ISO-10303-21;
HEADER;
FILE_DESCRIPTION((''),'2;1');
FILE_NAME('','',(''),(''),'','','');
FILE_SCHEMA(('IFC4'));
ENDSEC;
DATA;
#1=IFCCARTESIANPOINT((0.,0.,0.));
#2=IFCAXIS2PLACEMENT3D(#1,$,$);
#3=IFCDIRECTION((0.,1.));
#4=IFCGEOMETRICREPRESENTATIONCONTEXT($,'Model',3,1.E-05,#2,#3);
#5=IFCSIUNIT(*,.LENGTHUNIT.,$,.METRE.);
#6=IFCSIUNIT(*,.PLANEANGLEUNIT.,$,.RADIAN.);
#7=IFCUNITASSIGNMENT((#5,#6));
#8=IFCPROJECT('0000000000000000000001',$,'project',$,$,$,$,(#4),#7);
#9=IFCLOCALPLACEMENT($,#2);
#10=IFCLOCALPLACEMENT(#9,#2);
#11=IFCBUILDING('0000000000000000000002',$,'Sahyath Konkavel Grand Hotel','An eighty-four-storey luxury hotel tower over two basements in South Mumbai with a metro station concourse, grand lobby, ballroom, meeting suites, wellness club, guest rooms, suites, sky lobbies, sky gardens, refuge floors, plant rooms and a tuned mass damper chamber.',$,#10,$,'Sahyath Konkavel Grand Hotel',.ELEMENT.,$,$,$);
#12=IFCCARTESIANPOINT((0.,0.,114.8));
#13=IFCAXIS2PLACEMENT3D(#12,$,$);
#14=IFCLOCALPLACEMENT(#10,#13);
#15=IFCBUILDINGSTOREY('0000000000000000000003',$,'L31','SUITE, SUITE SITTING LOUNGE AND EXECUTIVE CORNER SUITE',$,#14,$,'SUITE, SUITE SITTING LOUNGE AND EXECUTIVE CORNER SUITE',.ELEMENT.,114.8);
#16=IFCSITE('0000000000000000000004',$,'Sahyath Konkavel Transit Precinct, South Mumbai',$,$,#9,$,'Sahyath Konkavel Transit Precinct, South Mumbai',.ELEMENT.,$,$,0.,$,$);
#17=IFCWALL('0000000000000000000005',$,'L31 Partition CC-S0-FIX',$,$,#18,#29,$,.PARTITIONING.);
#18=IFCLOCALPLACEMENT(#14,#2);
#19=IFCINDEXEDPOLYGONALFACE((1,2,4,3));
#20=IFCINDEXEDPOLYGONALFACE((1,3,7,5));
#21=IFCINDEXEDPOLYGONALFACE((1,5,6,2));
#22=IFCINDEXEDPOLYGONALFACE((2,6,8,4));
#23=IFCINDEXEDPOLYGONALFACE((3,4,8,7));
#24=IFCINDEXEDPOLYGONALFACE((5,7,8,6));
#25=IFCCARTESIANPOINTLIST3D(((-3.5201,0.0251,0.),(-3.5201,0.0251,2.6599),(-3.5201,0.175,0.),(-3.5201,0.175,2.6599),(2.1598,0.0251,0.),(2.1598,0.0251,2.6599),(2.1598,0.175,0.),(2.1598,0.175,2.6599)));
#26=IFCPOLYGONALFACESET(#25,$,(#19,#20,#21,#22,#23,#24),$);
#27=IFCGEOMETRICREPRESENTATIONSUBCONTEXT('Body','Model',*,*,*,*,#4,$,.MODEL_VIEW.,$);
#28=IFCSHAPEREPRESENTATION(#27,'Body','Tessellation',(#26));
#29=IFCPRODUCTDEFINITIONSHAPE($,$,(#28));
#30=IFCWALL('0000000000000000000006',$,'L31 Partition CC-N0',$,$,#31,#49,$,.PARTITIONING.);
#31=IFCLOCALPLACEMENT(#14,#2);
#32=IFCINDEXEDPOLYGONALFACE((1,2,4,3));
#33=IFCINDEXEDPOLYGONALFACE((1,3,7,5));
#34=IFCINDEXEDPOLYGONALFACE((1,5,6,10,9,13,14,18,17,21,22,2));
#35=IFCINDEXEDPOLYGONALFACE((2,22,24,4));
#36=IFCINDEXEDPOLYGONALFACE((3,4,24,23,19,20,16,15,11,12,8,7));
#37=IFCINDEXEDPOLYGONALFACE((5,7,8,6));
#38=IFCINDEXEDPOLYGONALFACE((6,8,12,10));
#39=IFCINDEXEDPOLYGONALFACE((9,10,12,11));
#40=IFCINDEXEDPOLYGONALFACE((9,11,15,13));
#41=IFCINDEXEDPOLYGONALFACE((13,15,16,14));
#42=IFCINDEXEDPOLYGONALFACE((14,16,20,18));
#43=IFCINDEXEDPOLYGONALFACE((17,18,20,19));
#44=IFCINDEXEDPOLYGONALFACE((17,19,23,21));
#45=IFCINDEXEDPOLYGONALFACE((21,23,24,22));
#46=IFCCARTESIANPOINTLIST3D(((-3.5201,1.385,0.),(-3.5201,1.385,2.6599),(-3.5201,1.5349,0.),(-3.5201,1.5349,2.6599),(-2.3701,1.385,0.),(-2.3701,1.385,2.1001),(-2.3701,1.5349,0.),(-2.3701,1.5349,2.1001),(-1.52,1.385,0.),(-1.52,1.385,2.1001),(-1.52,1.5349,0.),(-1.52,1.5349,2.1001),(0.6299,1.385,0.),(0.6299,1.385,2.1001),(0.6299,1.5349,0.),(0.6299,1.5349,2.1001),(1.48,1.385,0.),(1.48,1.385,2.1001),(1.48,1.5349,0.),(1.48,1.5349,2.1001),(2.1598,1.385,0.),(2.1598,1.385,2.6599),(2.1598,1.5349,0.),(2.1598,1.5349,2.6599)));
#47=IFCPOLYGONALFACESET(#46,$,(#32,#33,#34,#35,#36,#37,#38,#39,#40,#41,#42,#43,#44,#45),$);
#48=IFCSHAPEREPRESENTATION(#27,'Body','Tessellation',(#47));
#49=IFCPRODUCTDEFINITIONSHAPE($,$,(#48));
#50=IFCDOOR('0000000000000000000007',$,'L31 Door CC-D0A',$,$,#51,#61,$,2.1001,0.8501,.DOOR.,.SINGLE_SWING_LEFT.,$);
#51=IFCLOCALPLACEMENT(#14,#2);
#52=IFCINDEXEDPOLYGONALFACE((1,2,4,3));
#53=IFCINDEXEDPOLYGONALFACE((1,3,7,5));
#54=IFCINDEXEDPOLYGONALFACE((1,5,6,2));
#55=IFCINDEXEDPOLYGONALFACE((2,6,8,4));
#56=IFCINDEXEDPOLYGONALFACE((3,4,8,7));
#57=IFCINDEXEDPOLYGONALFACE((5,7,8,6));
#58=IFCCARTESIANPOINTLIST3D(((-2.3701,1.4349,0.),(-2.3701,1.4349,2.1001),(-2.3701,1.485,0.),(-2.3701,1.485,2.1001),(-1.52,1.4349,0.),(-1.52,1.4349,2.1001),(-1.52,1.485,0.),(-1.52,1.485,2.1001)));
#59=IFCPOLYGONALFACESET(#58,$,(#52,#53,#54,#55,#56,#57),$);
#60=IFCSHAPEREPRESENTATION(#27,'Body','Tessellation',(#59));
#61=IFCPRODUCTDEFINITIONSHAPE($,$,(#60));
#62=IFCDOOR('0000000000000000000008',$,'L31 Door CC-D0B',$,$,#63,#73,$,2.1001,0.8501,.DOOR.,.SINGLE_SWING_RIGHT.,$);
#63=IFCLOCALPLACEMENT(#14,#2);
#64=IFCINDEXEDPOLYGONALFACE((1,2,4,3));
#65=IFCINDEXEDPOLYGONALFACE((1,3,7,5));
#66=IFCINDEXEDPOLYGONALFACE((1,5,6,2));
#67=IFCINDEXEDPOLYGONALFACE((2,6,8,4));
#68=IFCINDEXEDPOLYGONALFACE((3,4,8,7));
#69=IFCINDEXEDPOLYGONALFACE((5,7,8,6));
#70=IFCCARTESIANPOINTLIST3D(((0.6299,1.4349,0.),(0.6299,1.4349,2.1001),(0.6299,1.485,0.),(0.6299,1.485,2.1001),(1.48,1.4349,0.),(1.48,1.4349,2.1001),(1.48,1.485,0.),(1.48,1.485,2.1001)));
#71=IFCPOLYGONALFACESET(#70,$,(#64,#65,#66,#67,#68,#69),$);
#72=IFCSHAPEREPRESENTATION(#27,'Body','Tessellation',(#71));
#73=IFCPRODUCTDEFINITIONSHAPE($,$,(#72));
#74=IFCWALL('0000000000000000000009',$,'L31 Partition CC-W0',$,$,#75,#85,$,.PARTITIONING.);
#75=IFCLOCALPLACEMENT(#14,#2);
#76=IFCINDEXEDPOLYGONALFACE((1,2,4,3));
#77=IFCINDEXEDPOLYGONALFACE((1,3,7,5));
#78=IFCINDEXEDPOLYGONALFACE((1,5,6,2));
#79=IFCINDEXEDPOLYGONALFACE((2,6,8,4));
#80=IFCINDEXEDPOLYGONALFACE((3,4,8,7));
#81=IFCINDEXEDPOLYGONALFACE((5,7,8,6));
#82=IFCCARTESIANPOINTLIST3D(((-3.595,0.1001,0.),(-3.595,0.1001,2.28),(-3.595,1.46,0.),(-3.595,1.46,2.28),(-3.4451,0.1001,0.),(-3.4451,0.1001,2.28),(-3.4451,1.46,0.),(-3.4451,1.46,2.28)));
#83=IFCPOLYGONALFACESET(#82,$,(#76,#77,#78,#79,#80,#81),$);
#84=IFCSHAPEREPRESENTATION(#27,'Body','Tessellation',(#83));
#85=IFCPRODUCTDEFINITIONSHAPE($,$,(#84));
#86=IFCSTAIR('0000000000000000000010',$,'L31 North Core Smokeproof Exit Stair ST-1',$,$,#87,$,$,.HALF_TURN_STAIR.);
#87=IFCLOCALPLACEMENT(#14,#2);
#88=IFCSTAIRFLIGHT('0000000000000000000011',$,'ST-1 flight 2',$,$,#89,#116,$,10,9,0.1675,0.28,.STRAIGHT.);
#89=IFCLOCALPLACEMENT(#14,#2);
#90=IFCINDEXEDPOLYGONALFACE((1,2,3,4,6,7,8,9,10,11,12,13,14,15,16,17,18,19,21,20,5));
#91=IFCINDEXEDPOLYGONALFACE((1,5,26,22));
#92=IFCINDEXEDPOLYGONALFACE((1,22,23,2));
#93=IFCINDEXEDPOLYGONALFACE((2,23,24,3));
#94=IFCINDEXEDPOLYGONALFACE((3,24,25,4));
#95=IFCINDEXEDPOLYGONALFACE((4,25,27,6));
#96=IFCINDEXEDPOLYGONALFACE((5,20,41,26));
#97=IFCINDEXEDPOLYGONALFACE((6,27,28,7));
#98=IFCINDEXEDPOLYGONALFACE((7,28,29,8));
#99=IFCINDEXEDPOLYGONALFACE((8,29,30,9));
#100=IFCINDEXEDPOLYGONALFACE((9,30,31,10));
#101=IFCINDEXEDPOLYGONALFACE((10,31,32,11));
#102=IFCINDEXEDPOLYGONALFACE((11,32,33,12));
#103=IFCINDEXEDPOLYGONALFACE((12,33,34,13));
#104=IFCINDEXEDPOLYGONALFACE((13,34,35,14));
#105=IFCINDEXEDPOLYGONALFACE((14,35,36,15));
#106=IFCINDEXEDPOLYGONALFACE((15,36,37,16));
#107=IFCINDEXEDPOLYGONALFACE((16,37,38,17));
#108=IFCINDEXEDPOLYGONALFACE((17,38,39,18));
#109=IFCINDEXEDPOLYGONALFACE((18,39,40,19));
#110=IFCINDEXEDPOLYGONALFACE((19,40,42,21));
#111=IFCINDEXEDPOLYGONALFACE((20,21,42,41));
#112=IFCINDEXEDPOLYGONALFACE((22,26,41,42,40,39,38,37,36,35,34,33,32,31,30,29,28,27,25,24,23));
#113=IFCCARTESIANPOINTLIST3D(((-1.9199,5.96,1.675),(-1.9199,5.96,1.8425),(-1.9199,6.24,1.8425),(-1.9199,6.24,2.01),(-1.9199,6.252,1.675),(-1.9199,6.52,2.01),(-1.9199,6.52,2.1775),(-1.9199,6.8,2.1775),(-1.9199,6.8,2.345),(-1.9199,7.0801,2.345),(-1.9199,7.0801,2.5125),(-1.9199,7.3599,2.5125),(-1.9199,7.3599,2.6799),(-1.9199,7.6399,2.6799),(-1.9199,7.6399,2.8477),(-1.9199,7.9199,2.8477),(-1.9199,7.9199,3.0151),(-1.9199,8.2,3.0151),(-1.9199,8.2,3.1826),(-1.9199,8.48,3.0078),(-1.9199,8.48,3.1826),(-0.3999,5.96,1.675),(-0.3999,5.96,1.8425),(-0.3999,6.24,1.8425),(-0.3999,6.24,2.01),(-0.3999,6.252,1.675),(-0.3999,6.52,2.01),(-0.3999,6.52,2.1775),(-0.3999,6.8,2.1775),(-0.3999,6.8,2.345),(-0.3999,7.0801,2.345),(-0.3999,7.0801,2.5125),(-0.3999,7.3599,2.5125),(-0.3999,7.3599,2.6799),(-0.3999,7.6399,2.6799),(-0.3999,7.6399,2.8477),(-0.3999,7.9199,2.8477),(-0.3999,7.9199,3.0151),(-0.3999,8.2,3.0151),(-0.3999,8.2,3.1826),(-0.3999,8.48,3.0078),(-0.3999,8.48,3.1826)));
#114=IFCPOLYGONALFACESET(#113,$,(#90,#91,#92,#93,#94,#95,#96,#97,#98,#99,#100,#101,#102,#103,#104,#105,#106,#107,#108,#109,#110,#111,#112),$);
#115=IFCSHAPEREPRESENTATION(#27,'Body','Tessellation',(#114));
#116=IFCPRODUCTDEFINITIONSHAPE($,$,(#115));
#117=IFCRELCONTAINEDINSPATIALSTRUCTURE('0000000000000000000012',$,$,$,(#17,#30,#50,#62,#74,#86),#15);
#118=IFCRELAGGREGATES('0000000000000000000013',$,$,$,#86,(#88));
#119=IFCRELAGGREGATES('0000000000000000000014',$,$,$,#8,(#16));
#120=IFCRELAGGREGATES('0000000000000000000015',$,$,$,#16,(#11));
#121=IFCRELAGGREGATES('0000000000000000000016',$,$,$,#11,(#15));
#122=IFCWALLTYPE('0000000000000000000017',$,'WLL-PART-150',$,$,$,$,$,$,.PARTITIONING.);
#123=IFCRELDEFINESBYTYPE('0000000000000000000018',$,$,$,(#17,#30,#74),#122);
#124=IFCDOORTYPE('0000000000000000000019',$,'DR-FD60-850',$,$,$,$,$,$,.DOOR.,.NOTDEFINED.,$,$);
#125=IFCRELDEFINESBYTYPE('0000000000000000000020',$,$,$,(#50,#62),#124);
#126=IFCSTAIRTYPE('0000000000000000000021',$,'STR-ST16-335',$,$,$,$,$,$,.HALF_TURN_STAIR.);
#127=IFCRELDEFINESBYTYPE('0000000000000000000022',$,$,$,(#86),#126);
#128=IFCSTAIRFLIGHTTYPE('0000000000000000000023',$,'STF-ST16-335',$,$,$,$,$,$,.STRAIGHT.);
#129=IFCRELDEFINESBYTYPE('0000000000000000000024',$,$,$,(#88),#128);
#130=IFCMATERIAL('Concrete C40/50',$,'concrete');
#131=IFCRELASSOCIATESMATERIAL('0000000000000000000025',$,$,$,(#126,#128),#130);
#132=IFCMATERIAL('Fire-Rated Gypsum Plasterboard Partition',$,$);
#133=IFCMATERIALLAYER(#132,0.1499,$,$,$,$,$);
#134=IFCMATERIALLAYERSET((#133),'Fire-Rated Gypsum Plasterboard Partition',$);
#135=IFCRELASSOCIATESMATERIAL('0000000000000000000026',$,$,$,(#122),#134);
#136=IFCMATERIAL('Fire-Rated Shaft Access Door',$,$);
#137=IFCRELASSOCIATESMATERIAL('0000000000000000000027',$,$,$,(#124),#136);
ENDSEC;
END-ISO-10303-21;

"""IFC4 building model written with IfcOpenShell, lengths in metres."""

from ifc_helpers import new_model, si_unit, direction, frame, frame_2d, origin, origin_2d, place, context, subcontext, project, spatial, polyline, rectangle, outline, extrude, source, transform, mapped, material, layer, layer_set, type_object, element, fill, aggregate, save


model = new_model("IFC4")

# Units and contexts
model_context = context("Model", 3, precision=1e-05, world=origin(), true_north=direction((0.0, 1.0)))
body_context = subcontext(model_context, "Body", "Model", "MODEL_VIEW")
ifc_project = project(units=[si_unit("LENGTHUNIT", "METRE"), si_unit("PLANEANGLEUNIT", "RADIAN")], contexts=[model_context])

# Site, building, storey
site_placement = place(None, origin())
site = spatial("IfcSite", under=ifc_project, at=site_placement, Name="Sahyath Konkavel Transit Precinct, South Mumbai", LongName="Sahyath Konkavel Transit Precinct, South Mumbai", CompositionType="ELEMENT", RefElevation=0.0)
building_placement = place(site_placement, origin())
building = spatial("IfcBuilding", under=site, at=building_placement, Name="Sahyath Konkavel Grand Hotel", Description="An eighty-four-storey luxury hotel tower over two basements in South Mumbai with a metro station concourse, grand lobby, ballroom, meeting suites, wellness club, guest rooms, suites, sky lobbies, sky gardens, refuge floors, plant rooms and a tuned mass damper chamber.", LongName="Sahyath Konkavel Grand Hotel", CompositionType="ELEMENT")
storey_placement = place(building_placement, frame((0.0, 0.0, 114.8)))
storey = spatial("IfcBuildingStorey", under=building, at=storey_placement, Name="L31", Description="SUITE, SUITE SITTING LOUNGE AND EXECUTIVE CORNER SUITE", LongName="SUITE, SUITE SITTING LOUNGE AND EXECUTIVE CORNER SUITE", CompositionType="ELEMENT", Elevation=114.8)

# Shared definitions
ifc_material_1 = material(Name="Concrete C40/50", Category="concrete")

# Shared definitions
stair_type = type_object("IfcStairType", Name="STR-ST16-335", PredefinedType="HALF_TURN_STAIR", material=ifc_material_1)

# Wall
ifc_material_2 = material(Name="Fire-Rated Gypsum Plasterboard Partition")
ifc_layer_1 = layer(ifc_material_2, 0.1499)
ifc_layer_set_1 = layer_set([ifc_layer_1], Name="Fire-Rated Gypsum Plasterboard Partition")
wall_type_1 = type_object("IfcWallType", Name="WLL-PART-150", PredefinedType="PARTITIONING", material=ifc_layer_set_1)
wall_1_placement = place(storey_placement, frame((-3.52, 0.1001, 0.0), z_axis=(0.0, 0.0, 1.0), x_axis=(1.0, 0.0, 0.0)))
element("IfcWall", 1, at=wall_1_placement, inside=storey, type_object=wall_type_1, Name="L31 Partition CC-S0-FIX", PredefinedType="PARTITIONING", context=body_context, shape_type="SweptSolid", body=[
    extrude(rectangle(XDim=5.6799, YDim=0.1499, at=frame_2d((2.8398, 0.0))), origin(), (0.0, 0.0, 1.0), 2.6599),
])

# Wall, openings, doors
wall_2_placement = place(storey_placement, frame((-3.52, 1.46, 0.0), z_axis=(0.0, 0.0, 1.0), x_axis=(1.0, 0.0, 0.0)))
wall_2 = element("IfcWall", 2, at=wall_2_placement, inside=storey, type_object=wall_type_1, Name="L31 Partition CC-N0", PredefinedType="PARTITIONING", context=body_context, shape_type="SweptSolid", body=[
    extrude(rectangle(XDim=5.6799, YDim=0.1499, at=frame_2d((2.8398, 0.0))), origin(), (0.0, 0.0, 1.0), 2.6599),
])
opening_1_placement = place(wall_2_placement, frame((1.1499, 0.0, 0.0)))
opening_1 = element("IfcOpeningElement", 3, at=opening_1_placement, cuts=wall_2, PredefinedType="OPENING", context=body_context, shape_type="SweptSolid", body=[
    extrude(rectangle(XDim=0.8501, YDim=2.1001, at=frame_2d((0.425, 1.05))), frame((0.0, 0.085, 0.0), z_axis=(0.0, -1.0, 0.0), x_axis=(1.0, 0.0, 0.0)), (0.0, 0.0, 1.0), 0.1699),
])
opening_2_placement = place(wall_2_placement, frame((4.1499, 0.0, 0.0)))
opening_2 = element("IfcOpeningElement", 4, at=opening_2_placement, cuts=wall_2, PredefinedType="OPENING", context=body_context, shape_type="SweptSolid", body=[
    extrude(rectangle(XDim=0.8501, YDim=2.1001, at=frame_2d((0.425, 1.05))), frame((0.0, 0.085, 0.0), z_axis=(0.0, -1.0, 0.0), x_axis=(1.0, 0.0, 0.0)), (0.0, 0.0, 1.0), 0.1699),
])
ifc_material_3 = material(Name="Fire-Rated Shaft Access Door")
door_type = type_object("IfcDoorType", Name="DR-FD60-850", OperationType="NOTDEFINED", PredefinedType="DOOR", material=ifc_material_3)
shared_shape_1 = source(origin(), body_context, "Body", "SweptSolid", [
    extrude(rectangle(XDim=0.8501, YDim=0.05, at=origin_2d()), origin(), (0.0, 0.0, 1.0), 2.1001),
])
door_1_placement = place(opening_1_placement, frame((0.425, 0.0, 0.0)))
door_1 = element("IfcDoor", 5, at=door_1_placement, inside=storey, type_object=door_type, Name="L31 Door CC-D0A", OperationType="SINGLE_SWING_LEFT", OverallHeight=2.1001, OverallWidth=0.8501, PredefinedType="DOOR", context=body_context, shape_type="MappedRepresentation", body=[
    mapped(shared_shape_1, transform((0.0, 0.0, 0.0), scale=1.0)),
])
fill(opening_1, door_1)
door_2_placement = place(opening_2_placement, frame((0.425, 0.0, 0.0)))
door_2 = element("IfcDoor", 6, at=door_2_placement, inside=storey, type_object=door_type, Name="L31 Door CC-D0B", OperationType="SINGLE_SWING_RIGHT", OverallHeight=2.1001, OverallWidth=0.8501, PredefinedType="DOOR", context=body_context, shape_type="MappedRepresentation", body=[
    mapped(shared_shape_1, transform((0.0, 0.0, 0.0), scale=1.0)),
])
fill(opening_2, door_2)

# Wall
wall_3_placement = place(storey_placement, frame((-3.52, 0.1001, 0.0), z_axis=(0.0, 0.0, 1.0), x_axis=(0.0, 1.0, 0.0)))
element("IfcWall", 7, at=wall_3_placement, inside=storey, type_object=wall_type_1, Name="L31 Partition CC-W0", PredefinedType="PARTITIONING", context=body_context, shape_type="SweptSolid", body=[
    extrude(rectangle(XDim=1.3599, YDim=0.1499, at=frame_2d((0.6799, 0.0))), origin(), (0.0, 0.0, 1.0), 2.28),
])

# Stair, stair flight
stair_1_placement = place(storey_placement, origin())
stair_1 = element("IfcStair", 8, at=stair_1_placement, inside=storey, type_object=stair_type, Name="L31 North Core Smokeproof Exit Stair ST-1", PredefinedType="HALF_TURN_STAIR")
stair_flight_type = type_object("IfcStairFlightType", Name="STF-ST16-335", PredefinedType="STRAIGHT", material=ifc_material_1)
stair_flight_placement = place(storey_placement, frame((-1.1599, 5.96, 1.675), z_axis=(0.0, 0.0, 1.0), x_axis=(0.0, 1.0, 0.0)))
stair_flight = element("IfcStairFlight", 9, at=stair_flight_placement, type_object=stair_flight_type, Name="ST-1 flight 2", NumberOfRisers=10, NumberOfTreads=9, PredefinedType="STRAIGHT", RiserHeight=0.1675, TreadLength=0.28, context=body_context, shape_type="SweptSolid", body=[
    extrude(outline(polyline([(0.0, 0.0), (0.0, 0.1675), (0.28, 0.1675), (0.28, 0.335), (0.5601, 0.335), (0.5601, 0.5024), (0.8401, 0.5024), (0.8401, 0.6699), (1.1201, 0.6699), (1.1201, 0.8374), (1.3999, 0.8374), (1.3999, 1.0049), (1.6799, 1.0049), (1.6799, 1.1726), (1.96, 1.1726), (1.96, 1.3401), (2.24, 1.3401), (2.24, 1.5076), (2.52, 1.5076), (2.52, 1.675), (2.52, 1.3328), (0.292, 0.0), (0.0, 0.0)])), frame((0.0, 0.76, 0.0), z_axis=(0.0, -1.0, 0.0), x_axis=(1.0, 0.0, 0.0)), (0.0, 0.0, 1.0), 1.52),
])
aggregate(stair_1, [stair_flight])

save(model, "model.ifc")
